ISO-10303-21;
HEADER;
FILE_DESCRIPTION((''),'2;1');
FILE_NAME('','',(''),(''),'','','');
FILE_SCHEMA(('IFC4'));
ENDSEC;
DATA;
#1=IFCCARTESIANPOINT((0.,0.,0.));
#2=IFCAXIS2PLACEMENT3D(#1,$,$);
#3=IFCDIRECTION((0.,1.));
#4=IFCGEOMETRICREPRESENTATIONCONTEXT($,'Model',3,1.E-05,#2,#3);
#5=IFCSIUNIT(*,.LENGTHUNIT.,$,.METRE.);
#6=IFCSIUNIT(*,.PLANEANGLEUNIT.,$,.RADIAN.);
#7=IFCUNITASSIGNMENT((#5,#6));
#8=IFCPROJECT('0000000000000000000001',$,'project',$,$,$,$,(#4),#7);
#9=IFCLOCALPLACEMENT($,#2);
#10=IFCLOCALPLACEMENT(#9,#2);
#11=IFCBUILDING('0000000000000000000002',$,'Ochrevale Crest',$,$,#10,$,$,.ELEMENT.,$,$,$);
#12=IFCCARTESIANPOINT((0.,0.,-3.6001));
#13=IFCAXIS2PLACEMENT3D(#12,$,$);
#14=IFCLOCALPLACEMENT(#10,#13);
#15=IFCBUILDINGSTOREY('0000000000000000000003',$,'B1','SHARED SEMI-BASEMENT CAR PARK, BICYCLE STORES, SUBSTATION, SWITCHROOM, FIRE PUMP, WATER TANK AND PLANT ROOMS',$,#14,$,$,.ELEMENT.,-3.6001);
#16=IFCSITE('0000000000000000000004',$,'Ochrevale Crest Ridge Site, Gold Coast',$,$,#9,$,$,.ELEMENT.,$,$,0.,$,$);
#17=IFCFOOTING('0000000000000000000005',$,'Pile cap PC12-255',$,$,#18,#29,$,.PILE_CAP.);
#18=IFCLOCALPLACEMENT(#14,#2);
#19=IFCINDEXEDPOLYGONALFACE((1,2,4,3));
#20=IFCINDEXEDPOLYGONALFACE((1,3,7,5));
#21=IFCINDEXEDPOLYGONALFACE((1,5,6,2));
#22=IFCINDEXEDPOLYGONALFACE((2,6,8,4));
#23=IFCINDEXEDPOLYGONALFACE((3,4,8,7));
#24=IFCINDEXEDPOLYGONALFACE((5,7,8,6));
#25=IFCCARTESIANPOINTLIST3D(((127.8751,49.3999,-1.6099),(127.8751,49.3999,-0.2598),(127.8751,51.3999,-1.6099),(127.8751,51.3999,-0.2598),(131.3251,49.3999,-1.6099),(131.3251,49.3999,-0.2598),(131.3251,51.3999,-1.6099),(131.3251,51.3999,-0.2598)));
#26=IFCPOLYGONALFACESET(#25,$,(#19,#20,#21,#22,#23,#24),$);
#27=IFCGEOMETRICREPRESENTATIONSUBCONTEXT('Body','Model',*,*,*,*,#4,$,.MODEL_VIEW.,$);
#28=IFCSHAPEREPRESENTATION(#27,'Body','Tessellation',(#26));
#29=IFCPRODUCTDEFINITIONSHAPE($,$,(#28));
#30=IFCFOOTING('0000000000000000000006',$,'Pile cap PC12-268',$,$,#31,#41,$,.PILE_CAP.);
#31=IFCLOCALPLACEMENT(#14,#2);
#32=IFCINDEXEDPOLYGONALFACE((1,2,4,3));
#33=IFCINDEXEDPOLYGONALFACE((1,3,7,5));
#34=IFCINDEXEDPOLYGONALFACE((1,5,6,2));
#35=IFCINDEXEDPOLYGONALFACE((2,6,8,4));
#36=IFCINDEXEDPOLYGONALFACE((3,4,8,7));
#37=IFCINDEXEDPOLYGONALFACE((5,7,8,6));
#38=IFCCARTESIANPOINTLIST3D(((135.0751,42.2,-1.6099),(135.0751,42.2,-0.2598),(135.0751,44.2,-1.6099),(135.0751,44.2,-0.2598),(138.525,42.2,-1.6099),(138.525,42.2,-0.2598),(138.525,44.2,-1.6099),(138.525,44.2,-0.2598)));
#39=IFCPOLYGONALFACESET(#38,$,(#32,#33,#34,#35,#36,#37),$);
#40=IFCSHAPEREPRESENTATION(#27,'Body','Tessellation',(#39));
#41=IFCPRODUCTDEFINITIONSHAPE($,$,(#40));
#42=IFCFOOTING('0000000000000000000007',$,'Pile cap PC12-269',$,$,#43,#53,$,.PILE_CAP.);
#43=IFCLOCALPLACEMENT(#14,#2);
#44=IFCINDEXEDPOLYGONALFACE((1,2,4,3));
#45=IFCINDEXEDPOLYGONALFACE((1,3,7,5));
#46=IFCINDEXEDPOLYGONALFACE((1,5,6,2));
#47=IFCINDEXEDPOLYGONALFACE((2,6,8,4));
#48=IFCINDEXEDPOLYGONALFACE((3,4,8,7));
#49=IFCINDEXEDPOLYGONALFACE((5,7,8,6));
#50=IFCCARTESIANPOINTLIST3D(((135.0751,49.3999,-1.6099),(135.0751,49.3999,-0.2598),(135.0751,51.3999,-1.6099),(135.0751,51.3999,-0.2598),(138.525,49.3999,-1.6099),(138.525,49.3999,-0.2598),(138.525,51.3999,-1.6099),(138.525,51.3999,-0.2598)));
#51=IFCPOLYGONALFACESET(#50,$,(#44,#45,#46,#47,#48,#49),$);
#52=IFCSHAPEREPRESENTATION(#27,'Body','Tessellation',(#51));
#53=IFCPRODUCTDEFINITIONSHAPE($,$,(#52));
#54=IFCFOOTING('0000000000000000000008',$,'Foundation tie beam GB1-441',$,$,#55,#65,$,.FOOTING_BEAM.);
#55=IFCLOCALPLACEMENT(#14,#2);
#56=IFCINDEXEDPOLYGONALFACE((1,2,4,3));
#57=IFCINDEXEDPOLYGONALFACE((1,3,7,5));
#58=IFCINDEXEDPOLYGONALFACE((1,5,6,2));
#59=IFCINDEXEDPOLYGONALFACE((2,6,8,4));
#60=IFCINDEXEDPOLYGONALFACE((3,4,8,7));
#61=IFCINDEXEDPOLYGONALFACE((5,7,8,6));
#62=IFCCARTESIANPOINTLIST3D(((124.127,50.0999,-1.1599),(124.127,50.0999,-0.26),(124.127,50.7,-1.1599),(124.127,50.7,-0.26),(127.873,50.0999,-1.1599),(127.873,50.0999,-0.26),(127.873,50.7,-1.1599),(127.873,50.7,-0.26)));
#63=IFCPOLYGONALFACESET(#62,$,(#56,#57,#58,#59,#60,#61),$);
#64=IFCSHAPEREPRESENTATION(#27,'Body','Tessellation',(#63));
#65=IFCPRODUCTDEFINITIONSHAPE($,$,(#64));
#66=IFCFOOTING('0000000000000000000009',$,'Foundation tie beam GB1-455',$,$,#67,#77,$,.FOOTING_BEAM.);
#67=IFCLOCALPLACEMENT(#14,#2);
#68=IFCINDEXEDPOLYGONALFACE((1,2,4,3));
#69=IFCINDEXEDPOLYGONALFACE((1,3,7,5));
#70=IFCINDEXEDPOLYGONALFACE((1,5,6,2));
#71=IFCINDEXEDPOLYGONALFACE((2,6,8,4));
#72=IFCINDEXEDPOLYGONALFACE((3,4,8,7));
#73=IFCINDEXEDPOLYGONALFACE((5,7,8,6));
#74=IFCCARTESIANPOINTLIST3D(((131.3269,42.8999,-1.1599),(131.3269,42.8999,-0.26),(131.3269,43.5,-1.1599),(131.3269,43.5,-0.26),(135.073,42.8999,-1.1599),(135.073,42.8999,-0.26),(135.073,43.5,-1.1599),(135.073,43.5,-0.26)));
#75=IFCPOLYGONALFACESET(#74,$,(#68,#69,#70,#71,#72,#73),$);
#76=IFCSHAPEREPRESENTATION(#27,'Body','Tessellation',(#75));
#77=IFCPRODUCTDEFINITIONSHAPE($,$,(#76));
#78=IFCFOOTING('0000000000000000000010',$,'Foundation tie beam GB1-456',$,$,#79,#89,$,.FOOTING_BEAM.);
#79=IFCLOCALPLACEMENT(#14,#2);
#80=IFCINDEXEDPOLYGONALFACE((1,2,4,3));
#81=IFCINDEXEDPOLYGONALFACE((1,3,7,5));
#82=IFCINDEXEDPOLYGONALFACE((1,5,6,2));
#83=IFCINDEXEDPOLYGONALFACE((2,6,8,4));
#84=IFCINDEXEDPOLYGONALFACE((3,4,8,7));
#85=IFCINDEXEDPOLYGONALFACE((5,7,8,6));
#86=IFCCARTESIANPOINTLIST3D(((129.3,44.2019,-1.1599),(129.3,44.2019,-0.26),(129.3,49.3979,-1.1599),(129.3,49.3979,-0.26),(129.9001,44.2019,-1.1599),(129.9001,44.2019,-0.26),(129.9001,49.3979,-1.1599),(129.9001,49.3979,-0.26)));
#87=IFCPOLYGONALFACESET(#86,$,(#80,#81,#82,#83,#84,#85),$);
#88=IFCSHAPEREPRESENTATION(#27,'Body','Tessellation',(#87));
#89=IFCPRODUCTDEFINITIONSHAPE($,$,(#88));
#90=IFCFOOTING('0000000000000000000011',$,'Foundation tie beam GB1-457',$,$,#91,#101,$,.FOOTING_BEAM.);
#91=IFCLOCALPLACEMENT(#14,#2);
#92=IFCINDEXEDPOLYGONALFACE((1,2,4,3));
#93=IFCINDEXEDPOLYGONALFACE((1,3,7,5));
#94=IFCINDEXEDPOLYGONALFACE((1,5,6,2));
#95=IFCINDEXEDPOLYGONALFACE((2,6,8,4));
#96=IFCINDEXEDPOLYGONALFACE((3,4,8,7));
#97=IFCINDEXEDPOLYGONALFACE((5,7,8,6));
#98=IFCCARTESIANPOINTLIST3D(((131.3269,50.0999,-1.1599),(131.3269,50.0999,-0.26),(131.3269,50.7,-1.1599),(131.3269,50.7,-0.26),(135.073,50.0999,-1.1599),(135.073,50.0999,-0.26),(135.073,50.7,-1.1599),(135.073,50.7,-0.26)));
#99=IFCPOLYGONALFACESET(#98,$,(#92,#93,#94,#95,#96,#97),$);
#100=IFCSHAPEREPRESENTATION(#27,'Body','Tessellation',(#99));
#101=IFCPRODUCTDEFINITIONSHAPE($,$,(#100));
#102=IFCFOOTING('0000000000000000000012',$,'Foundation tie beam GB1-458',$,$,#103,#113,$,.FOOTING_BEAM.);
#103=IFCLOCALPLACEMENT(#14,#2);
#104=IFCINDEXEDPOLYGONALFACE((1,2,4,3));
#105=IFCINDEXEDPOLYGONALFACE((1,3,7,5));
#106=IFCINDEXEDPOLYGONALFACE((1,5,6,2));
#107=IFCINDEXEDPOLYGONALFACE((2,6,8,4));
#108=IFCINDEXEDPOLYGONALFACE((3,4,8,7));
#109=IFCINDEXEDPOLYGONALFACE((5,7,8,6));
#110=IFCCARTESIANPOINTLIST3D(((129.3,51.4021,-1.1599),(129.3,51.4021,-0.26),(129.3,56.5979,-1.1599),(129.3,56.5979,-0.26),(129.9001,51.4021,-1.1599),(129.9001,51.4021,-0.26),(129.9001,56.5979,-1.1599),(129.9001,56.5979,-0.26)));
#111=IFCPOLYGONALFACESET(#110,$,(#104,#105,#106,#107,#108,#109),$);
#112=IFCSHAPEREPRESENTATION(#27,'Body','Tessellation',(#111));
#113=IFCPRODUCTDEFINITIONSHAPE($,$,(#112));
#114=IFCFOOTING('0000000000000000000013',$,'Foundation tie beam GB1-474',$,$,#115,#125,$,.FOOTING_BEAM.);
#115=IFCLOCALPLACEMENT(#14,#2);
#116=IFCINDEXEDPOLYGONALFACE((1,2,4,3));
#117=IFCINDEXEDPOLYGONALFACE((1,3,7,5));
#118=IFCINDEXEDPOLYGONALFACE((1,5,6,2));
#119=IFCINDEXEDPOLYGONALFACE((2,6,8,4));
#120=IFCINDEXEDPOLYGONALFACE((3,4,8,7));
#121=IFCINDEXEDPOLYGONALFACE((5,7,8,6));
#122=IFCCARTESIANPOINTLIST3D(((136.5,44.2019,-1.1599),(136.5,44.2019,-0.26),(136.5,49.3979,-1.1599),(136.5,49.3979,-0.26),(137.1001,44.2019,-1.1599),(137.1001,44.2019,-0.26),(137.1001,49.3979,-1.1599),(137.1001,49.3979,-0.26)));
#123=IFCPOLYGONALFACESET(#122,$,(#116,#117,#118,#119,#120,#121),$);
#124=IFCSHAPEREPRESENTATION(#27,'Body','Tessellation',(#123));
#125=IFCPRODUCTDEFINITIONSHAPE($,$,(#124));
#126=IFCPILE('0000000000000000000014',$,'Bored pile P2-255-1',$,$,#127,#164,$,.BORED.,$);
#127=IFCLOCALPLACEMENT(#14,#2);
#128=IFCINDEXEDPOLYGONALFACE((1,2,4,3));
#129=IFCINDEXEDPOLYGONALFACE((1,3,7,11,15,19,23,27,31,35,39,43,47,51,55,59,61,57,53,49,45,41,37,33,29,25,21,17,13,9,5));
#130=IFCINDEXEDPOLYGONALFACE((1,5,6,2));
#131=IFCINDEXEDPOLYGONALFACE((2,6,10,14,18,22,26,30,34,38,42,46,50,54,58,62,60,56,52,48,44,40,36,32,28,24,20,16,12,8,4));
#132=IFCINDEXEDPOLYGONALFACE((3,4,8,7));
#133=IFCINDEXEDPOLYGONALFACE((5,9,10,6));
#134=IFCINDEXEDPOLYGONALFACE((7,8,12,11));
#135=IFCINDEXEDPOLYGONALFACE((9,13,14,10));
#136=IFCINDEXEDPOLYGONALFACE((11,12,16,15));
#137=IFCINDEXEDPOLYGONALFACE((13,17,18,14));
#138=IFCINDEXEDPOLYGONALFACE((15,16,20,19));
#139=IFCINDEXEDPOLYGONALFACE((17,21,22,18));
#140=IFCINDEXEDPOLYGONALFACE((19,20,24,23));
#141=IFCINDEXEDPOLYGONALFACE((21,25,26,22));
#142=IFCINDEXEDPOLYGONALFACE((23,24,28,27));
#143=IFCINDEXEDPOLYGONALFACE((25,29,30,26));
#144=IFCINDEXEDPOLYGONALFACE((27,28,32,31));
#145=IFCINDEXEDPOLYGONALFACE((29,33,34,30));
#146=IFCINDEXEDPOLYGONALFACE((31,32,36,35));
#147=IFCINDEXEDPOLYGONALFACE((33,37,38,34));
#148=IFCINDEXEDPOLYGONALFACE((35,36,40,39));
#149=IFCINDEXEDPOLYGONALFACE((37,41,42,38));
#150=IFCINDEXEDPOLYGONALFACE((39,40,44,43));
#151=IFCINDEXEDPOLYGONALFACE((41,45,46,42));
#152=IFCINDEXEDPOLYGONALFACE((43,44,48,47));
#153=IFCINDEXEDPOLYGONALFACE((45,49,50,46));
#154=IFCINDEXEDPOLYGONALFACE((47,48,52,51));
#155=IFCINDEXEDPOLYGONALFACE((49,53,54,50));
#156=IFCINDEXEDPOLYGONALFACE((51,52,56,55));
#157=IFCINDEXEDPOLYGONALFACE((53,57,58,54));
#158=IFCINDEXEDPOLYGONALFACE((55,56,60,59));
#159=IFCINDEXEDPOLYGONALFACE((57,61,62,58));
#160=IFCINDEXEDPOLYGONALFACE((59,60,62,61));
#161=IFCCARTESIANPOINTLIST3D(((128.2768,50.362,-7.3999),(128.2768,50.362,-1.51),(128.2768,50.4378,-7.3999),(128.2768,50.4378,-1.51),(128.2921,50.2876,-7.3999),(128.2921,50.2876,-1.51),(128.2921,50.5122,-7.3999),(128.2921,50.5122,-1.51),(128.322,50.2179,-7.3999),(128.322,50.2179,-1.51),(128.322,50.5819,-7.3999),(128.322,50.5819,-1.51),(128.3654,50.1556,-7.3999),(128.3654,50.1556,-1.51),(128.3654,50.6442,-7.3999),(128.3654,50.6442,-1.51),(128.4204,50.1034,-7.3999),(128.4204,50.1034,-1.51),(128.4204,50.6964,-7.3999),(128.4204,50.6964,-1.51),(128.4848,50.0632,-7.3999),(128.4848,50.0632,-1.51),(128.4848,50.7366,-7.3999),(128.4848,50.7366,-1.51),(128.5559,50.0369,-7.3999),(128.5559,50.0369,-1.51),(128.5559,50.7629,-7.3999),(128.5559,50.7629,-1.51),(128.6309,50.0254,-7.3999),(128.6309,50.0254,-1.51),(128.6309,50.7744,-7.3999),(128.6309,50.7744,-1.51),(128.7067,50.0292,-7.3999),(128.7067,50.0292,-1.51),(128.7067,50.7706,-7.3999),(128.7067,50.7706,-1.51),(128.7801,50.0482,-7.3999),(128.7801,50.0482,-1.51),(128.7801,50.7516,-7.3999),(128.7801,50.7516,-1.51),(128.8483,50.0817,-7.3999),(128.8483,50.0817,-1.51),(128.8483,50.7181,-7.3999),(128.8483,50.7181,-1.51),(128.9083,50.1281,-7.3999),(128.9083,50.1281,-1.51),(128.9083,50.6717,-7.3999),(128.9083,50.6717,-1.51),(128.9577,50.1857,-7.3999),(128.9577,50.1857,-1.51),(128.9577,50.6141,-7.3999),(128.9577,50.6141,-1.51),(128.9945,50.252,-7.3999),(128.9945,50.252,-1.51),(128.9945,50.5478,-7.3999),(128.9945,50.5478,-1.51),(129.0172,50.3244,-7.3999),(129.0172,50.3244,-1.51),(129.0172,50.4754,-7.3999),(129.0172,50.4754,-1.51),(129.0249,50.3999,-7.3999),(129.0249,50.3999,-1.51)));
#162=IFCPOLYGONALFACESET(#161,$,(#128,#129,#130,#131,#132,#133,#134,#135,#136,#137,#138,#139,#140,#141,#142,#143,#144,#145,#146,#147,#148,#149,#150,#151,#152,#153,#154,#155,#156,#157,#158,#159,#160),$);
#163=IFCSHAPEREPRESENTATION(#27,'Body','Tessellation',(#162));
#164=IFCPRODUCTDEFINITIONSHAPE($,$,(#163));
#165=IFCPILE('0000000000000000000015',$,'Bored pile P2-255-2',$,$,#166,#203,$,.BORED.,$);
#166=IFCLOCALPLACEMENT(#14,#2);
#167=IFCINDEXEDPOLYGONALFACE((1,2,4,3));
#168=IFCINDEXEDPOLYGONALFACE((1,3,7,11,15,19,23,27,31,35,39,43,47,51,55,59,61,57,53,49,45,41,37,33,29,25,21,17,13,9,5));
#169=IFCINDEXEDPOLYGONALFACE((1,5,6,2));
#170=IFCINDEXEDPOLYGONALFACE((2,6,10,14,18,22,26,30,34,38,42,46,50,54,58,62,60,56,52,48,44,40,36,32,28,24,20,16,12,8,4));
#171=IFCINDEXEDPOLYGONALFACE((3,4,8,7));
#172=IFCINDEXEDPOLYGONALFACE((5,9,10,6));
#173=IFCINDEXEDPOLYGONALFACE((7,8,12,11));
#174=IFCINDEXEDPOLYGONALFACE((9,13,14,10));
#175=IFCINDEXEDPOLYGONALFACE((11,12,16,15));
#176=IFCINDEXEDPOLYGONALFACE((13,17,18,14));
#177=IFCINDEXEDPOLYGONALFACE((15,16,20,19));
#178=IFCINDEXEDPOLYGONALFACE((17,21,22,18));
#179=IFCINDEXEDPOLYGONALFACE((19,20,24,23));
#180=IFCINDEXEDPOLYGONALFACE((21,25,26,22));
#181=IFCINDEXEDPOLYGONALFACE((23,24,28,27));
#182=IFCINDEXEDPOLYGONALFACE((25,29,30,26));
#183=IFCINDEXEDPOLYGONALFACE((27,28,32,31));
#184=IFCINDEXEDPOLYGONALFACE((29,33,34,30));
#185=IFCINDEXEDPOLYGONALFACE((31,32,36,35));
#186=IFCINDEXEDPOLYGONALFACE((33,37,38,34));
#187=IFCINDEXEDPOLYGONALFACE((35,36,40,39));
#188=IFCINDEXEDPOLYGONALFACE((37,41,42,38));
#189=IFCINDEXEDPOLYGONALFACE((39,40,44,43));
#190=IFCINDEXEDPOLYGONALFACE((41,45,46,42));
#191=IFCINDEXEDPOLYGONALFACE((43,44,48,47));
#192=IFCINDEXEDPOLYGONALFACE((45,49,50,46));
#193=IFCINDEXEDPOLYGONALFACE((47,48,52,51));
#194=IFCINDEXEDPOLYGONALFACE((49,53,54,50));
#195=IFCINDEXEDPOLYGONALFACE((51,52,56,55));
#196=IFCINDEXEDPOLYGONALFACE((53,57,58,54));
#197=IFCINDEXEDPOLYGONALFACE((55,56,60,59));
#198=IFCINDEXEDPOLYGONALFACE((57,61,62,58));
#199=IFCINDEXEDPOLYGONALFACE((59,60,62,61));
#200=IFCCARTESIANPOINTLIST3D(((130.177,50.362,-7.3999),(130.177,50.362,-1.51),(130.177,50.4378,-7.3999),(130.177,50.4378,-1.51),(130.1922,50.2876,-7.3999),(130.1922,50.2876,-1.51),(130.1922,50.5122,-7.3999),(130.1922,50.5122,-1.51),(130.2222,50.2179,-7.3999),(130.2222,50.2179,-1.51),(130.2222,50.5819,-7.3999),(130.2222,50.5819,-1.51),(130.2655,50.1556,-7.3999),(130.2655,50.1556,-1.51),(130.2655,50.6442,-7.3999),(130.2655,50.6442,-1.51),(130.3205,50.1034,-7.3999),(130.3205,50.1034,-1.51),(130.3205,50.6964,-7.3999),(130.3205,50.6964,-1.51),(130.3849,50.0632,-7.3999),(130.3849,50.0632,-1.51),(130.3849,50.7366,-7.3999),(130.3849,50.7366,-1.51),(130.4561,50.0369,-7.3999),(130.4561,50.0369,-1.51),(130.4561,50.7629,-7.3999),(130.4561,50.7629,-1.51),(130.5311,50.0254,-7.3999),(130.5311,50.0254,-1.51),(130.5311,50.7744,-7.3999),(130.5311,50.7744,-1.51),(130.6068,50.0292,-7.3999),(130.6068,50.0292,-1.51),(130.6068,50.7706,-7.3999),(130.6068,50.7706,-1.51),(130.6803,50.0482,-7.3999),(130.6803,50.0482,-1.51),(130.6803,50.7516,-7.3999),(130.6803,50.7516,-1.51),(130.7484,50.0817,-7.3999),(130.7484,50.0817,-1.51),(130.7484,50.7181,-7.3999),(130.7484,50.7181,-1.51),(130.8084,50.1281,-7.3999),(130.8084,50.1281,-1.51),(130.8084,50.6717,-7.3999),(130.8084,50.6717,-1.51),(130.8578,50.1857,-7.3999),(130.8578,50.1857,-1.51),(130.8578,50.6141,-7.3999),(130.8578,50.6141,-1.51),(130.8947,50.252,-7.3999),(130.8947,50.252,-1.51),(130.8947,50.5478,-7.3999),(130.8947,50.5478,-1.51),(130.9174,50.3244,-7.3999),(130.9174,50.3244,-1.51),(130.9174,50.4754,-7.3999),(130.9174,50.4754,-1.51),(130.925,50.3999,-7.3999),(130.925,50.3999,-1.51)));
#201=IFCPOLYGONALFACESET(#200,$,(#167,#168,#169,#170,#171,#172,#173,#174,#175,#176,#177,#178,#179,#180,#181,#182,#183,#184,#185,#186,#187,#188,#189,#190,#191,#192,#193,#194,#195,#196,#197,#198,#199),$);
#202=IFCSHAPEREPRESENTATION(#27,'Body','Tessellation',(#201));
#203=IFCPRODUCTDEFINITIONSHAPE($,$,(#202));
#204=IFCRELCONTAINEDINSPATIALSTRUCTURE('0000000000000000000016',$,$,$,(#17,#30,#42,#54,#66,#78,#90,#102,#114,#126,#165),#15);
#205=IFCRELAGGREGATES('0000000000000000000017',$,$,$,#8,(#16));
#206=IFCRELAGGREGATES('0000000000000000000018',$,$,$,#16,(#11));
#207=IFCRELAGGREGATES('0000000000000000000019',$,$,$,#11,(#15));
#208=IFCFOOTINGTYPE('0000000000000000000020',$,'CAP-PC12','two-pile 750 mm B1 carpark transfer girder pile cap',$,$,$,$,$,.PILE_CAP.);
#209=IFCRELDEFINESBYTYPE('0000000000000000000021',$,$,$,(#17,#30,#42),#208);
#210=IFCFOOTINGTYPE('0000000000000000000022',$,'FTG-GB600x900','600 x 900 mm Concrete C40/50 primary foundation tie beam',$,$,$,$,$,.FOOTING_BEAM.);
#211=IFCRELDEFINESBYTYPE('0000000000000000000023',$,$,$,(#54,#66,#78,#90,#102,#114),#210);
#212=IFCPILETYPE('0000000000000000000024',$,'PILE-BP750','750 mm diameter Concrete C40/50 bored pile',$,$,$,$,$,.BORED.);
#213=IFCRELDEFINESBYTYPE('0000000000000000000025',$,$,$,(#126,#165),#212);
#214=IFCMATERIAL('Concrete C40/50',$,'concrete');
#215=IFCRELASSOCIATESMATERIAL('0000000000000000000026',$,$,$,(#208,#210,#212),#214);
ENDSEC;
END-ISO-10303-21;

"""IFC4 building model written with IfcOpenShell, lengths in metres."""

from ifc_helpers import new_model, si_unit, direction, frame, origin, origin_2d, place, context, subcontext, project, spatial, rectangle, circle, extrude, material, material_profile, profile_set, type_object, element, save


model = new_model("IFC4")

# Units and contexts
model_context = context("Model", 3, precision=1e-05, world=origin(), true_north=direction((0.0, 1.0)))
body_context = subcontext(model_context, "Body", "Model", "MODEL_VIEW")
ifc_project = project(units=[si_unit("LENGTHUNIT", "METRE"), si_unit("PLANEANGLEUNIT", "RADIAN")], contexts=[model_context])

# Site, building, storey
site_placement = place(None, origin())
site = spatial("IfcSite", under=ifc_project, at=site_placement, Name="Ochrevale Crest Ridge Site, Gold Coast", CompositionType="ELEMENT", RefElevation=0.0)
building_placement = place(site_placement, origin())
building = spatial("IfcBuilding", under=site, at=building_placement, Name="Ochrevale Crest", CompositionType="ELEMENT")
storey_placement = place(building_placement, frame((0.0, 0.0, -3.6001)))
storey = spatial("IfcBuildingStorey", under=building, at=storey_placement, Name="B1", Description="SHARED SEMI-BASEMENT CAR PARK, BICYCLE STORES, SUBSTATION, SWITCHROOM, FIRE PUMP, WATER TANK AND PLANT ROOMS", CompositionType="ELEMENT", Elevation=-3.6001)

# Footings
ifc_material_1 = material(Name="Concrete C40/50", Category="concrete")
footing_type_1 = type_object("IfcFootingType", Name="CAP-PC12", Description="two-pile 750 mm B1 carpark transfer girder pile cap", PredefinedType="PILE_CAP", material=ifc_material_1)
for number, where, z_axis, x_axis, name in (
    (1, (129.6001, 50.3999, -1.6099), (0.0, 0.0, 1.0), (1.0, 0.0, 0.0), "Pile cap PC12-255"),
    (2, (136.8, 43.2, -1.6099), (0.0, 0.0, 1.0), (1.0, 0.0, 0.0), "Pile cap PC12-268"),
    (3, (136.8, 50.3999, -1.6099), (0.0, 0.0, 1.0), (1.0, 0.0, 0.0), "Pile cap PC12-269"),
):
    element("IfcFooting", number, at=place(storey_placement, frame(where, z_axis=z_axis, x_axis=x_axis)), inside=storey, type_object=footing_type_1, Name=name, PredefinedType="PILE_CAP", context=body_context, shape_type="SweptSolid", body=[
        extrude(rectangle(XDim=3.45, YDim=2.0, at=origin_2d()), origin(), (0.0, 0.0, 1.0), 1.3501),
    ])
ifc_material_profile_1 = material_profile(ifc_material_1, rectangle(XDim=0.6001, YDim=0.8999, at=origin_2d()), Name="GB 600x900")
ifc_profile_set_1 = profile_set([ifc_material_profile_1], Name="Concrete C40/50")
footing_type_2 = type_object("IfcFootingType", Name="FTG-GB600x900", Description="600 x 900 mm Concrete C40/50 primary foundation tie beam", PredefinedType="FOOTING_BEAM", material=ifc_profile_set_1)
for number, where, z_axis, x_axis, name in (
    (4, (124.127, 50.3999, -0.71), (1.0, 0.0, 0.0), (0.0, 1.0, 0.0), "Foundation tie beam GB1-441"),
    (5, (131.3269, 43.2, -0.71), (1.0, 0.0, 0.0), (0.0, 1.0, 0.0), "Foundation tie beam GB1-455"),
):
    element("IfcFooting", number, at=place(storey_placement, frame(where, z_axis=z_axis, x_axis=x_axis)), inside=storey, type_object=footing_type_2, Name=name, PredefinedType="FOOTING_BEAM", context=body_context, shape_type="SweptSolid", body=[
        extrude(rectangle(XDim=0.6001, YDim=0.8999, at=origin_2d()), origin(), (0.0, 0.0, 1.0), 3.7461),
    ])
footing_1_placement = place(storey_placement, frame((129.6001, 44.2019, -0.71), z_axis=(0.0, 1.0, 0.0), x_axis=(-1.0, 0.0, 0.0)))
element("IfcFooting", 6, at=footing_1_placement, inside=storey, type_object=footing_type_2, Name="Foundation tie beam GB1-456", PredefinedType="FOOTING_BEAM", context=body_context, shape_type="SweptSolid", body=[
    extrude(rectangle(XDim=0.6001, YDim=0.8999, at=origin_2d()), origin(), (0.0, 0.0, 1.0), 5.196),
])
footing_2_placement = place(storey_placement, frame((131.3269, 50.3999, -0.71), z_axis=(1.0, 0.0, 0.0), x_axis=(0.0, 1.0, 0.0)))
element("IfcFooting", 7, at=footing_2_placement, inside=storey, type_object=footing_type_2, Name="Foundation tie beam GB1-457", PredefinedType="FOOTING_BEAM", context=body_context, shape_type="SweptSolid", body=[
    extrude(rectangle(XDim=0.6001, YDim=0.8999, at=origin_2d()), origin(), (0.0, 0.0, 1.0), 3.7461),
])
footing_3_placement = place(storey_placement, frame((129.6001, 51.4021, -0.71), z_axis=(0.0, 1.0, 0.0), x_axis=(-1.0, 0.0, 0.0)))
element("IfcFooting", 8, at=footing_3_placement, inside=storey, type_object=footing_type_2, Name="Foundation tie beam GB1-458", PredefinedType="FOOTING_BEAM", context=body_context, shape_type="SweptSolid", body=[
    extrude(rectangle(XDim=0.6001, YDim=0.8999, at=origin_2d()), origin(), (0.0, 0.0, 1.0), 5.1958),
])
footing_4_placement = place(storey_placement, frame((136.8, 44.2019, -0.71), z_axis=(0.0, 1.0, 0.0), x_axis=(-1.0, 0.0, 0.0)))
element("IfcFooting", 9, at=footing_4_placement, inside=storey, type_object=footing_type_2, Name="Foundation tie beam GB1-474", PredefinedType="FOOTING_BEAM", context=body_context, shape_type="SweptSolid", body=[
    extrude(rectangle(XDim=0.6001, YDim=0.8999, at=origin_2d()), origin(), (0.0, 0.0, 1.0), 5.196),
])

# Piles
ifc_material_profile_2 = material_profile(ifc_material_1, circle(Radius=0.375, at=origin_2d()), Name="BORED PILE 750")
ifc_profile_set_2 = profile_set([ifc_material_profile_2], Name="Concrete C40/50")
pile_type = type_object("IfcPileType", Name="PILE-BP750", Description="750 mm diameter Concrete C40/50 bored pile", PredefinedType="BORED", material=ifc_profile_set_2)
for number, where, z_axis, x_axis, name in (
    (10, (128.6499, 50.3999, -1.51), (0.0, 0.0, -1.0), (1.0, 0.0, 0.0), "Bored pile P2-255-1"),
    (11, (130.55, 50.3999, -1.51), (0.0, 0.0, -1.0), (1.0, 0.0, 0.0), "Bored pile P2-255-2"),
):
    element("IfcPile", number, at=place(storey_placement, frame(where, z_axis=z_axis, x_axis=x_axis)), inside=storey, type_object=pile_type, Name=name, PredefinedType="BORED", context=body_context, shape_type="SweptSolid", body=[
        extrude(circle(Radius=0.375, at=origin_2d()), origin(), (0.0, 0.0, 1.0), 5.8899),
    ])

save(model, "model.ifc")
